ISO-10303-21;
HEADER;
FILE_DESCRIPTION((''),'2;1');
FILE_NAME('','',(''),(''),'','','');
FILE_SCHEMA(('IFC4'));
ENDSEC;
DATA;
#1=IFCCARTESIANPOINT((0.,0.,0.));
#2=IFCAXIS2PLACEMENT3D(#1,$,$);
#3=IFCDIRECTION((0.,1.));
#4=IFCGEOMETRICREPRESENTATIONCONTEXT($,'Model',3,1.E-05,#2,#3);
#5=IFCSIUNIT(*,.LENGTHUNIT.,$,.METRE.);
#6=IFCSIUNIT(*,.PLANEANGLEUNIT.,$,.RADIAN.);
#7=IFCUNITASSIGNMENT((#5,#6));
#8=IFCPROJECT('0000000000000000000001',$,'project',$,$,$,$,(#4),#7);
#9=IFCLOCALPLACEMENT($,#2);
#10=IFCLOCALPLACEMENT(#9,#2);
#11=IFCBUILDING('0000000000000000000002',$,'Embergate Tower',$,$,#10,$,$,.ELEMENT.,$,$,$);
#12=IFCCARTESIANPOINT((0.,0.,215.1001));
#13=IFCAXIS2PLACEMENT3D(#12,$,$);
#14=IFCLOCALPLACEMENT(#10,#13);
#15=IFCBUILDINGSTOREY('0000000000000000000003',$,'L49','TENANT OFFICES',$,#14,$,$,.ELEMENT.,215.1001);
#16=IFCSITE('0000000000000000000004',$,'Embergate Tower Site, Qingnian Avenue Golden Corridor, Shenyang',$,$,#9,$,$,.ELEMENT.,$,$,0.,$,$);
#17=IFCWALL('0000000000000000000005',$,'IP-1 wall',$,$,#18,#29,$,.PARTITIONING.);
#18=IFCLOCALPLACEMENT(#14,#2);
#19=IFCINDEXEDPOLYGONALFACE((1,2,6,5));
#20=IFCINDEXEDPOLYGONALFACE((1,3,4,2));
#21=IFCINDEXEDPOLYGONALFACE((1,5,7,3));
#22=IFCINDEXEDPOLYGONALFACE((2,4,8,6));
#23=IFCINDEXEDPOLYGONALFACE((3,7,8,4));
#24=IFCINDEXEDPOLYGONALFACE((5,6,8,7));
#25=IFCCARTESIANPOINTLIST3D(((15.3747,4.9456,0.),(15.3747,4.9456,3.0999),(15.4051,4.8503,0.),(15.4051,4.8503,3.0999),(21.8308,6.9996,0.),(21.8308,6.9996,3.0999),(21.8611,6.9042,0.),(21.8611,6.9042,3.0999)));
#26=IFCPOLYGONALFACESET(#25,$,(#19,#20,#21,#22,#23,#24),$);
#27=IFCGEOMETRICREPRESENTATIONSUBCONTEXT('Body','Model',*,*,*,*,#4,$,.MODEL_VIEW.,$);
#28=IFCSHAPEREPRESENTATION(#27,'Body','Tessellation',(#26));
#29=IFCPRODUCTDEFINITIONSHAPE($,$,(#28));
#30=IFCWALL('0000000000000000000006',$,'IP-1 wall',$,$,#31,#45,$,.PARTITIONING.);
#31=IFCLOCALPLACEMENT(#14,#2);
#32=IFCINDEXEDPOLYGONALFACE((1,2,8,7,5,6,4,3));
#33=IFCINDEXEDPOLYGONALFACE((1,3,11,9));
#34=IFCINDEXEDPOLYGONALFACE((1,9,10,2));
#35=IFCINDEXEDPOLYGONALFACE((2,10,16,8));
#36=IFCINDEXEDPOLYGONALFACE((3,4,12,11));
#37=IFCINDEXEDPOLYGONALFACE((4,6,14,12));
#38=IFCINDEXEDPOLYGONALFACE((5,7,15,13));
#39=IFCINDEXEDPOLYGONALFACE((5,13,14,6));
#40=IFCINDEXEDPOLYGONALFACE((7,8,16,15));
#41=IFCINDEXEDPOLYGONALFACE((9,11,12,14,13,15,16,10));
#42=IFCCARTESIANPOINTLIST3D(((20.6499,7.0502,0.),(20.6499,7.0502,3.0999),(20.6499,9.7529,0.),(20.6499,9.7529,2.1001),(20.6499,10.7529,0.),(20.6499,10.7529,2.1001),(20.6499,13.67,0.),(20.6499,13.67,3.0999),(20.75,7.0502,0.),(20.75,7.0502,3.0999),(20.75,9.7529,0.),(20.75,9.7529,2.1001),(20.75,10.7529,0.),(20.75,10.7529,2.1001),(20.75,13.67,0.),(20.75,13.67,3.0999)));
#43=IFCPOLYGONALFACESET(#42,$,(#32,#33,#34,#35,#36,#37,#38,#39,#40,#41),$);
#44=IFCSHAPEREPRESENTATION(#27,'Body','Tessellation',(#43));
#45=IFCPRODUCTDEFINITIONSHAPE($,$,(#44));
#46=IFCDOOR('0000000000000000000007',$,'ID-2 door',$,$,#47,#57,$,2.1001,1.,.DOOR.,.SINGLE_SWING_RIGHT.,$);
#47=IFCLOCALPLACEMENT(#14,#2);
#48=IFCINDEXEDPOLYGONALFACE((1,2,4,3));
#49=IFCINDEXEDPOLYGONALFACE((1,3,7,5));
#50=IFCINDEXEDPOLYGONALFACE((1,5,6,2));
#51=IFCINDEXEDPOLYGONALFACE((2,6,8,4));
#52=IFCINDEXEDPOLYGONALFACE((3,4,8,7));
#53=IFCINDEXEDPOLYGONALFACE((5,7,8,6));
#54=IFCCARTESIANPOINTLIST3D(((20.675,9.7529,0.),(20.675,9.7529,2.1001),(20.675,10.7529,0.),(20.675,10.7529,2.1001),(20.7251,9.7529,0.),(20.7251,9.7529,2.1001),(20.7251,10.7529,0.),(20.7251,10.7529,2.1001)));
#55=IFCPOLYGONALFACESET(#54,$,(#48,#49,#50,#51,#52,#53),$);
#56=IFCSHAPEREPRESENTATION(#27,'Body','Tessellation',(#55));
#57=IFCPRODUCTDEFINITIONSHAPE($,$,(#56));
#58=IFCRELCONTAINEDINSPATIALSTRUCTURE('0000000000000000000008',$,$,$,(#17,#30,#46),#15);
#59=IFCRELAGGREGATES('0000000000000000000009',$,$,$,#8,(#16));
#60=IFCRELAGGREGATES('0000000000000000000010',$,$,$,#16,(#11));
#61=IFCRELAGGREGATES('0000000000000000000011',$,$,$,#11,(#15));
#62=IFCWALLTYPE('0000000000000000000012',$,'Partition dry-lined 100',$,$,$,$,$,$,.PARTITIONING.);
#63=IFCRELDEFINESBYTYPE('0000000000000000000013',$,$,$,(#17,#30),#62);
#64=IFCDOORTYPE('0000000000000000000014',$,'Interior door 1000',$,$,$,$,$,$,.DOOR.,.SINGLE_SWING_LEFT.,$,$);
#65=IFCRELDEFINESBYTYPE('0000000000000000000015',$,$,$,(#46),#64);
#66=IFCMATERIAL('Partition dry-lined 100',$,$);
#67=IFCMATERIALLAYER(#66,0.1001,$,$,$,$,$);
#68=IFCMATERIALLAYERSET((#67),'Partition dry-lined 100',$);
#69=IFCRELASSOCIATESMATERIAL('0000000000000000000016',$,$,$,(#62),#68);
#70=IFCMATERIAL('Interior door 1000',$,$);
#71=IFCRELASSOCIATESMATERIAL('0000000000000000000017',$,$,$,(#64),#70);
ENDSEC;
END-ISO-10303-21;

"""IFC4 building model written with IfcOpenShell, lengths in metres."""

from ifc_helpers import new_model, si_unit, direction, frame, frame_2d, origin, place, context, subcontext, project, spatial, rectangle, extrude, source, transform, mapped, material, layer, layer_set, type_object, element, fill, save


model = new_model("IFC4")

# Units and contexts
model_context = context("Model", 3, precision=1e-05, world=origin(), true_north=direction((0.0, 1.0)))
body_context = subcontext(model_context, "Body", "Model", "MODEL_VIEW")
ifc_project = project(units=[si_unit("LENGTHUNIT", "METRE"), si_unit("PLANEANGLEUNIT", "RADIAN")], contexts=[model_context])

# Site, building, storey
site_placement = place(None, origin())
site = spatial("IfcSite", under=ifc_project, at=site_placement, Name="Embergate Tower Site, Qingnian Avenue Golden Corridor, Shenyang", CompositionType="ELEMENT", RefElevation=0.0)
building_placement = place(site_placement, origin())
building = spatial("IfcBuilding", under=site, at=building_placement, Name="Embergate Tower", CompositionType="ELEMENT")
storey_placement = place(building_placement, frame((0.0, 0.0, 215.1001)))
storey = spatial("IfcBuildingStorey", under=building, at=storey_placement, Name="L49", Description="TENANT OFFICES", CompositionType="ELEMENT", Elevation=215.1001)

# Shared definitions
ifc_material_1 = material(Name="Partition dry-lined 100")
ifc_layer_1 = layer(ifc_material_1, 0.1001)
ifc_layer_set_1 = layer_set([ifc_layer_1], Name="Partition dry-lined 100")
wall_type_1 = type_object("IfcWallType", Name="Partition dry-lined 100", PredefinedType="PARTITIONING", material=ifc_layer_set_1)

# Shared definitions
ifc_material_2 = material(Name="Interior door 1000")
door_type_1 = type_object("IfcDoorType", Name="Interior door 1000", OperationType="SINGLE_SWING_LEFT", PredefinedType="DOOR", material=ifc_material_2)
shared_shape_1 = source(origin(), body_context, "Body", "SweptSolid", [
    extrude(rectangle(XDim=1.0, YDim=2.1001, at=frame_2d((0.5, 1.05))), frame((0.0, 0.0249, 0.0), z_axis=(0.0, -1.0, 0.0), x_axis=(1.0, 0.0, 0.0)), (0.0, 0.0, 1.0), 0.05),
])

# Wall
shared_shape_2 = source(origin(), body_context, "Body", "SweptSolid", [
    extrude(rectangle(XDim=6.7749, YDim=0.1001, at=frame_2d((3.3875, 0.0))), origin(), (0.0, 0.0, 1.0), 3.0999),
])
wall_1_placement = place(storey_placement, frame((15.3899, 4.8979, 0.0), z_axis=(0.0, 0.0, 1.0), x_axis=(0.952936, 0.303171, 0.0)))
element("IfcWall", 1, at=wall_1_placement, inside=storey, type_object=wall_type_1, Name="IP-1 wall", PredefinedType="PARTITIONING", context=body_context, shape_type="MappedRepresentation", body=[
    mapped(shared_shape_2, transform((0.0, 0.0, 0.0))),
])

# Wall, opening, door
shared_shape_3 = source(origin(), body_context, "Body", "SweptSolid", [
    extrude(rectangle(XDim=6.6199, YDim=0.1001, at=frame_2d((3.3101, 0.0))), origin(), (0.0, 0.0, 1.0), 3.0999),
])
wall_2_placement = place(storey_placement, frame((20.7, 7.05, 0.0), z_axis=(0.0, 0.0, 1.0), x_axis=(0.0, 1.0, 0.0)))
wall_2 = element("IfcWall", 2, at=wall_2_placement, inside=storey, type_object=wall_type_1, Name="IP-1 wall", PredefinedType="PARTITIONING", context=body_context, shape_type="MappedRepresentation", body=[
    mapped(shared_shape_3, transform((0.0, 0.0, 0.0))),
])
shared_shape_4 = source(origin(), body_context, "Body", "SweptSolid", [
    extrude(rectangle(XDim=1.0, YDim=2.1001, at=frame_2d((0.5, 1.05))), frame((0.0, 0.0601, 0.0), z_axis=(0.0, -1.0, 0.0), x_axis=(1.0, 0.0, 0.0)), (0.0, 0.0, 1.0), 0.1201),
])
opening_1_placement = place(wall_2_placement, frame((2.7029, 0.0, 0.0)))
opening_1 = element("IfcOpeningElement", 3, at=opening_1_placement, cuts=wall_2, PredefinedType="OPENING", context=body_context, shape_type="MappedRepresentation", body=[
    mapped(shared_shape_4, transform((0.0, 0.0, 0.0))),
])
door_1_placement = place(opening_1_placement, origin())
door_1 = element("IfcDoor", 4, at=door_1_placement, inside=storey, type_object=door_type_1, Name="ID-2 door", OperationType="SINGLE_SWING_RIGHT", OverallHeight=2.1001, OverallWidth=1.0, PredefinedType="DOOR", context=body_context, shape_type="MappedRepresentation", body=[
    mapped(shared_shape_1, transform((0.0, 0.0, 0.0))),
])
fill(opening_1, door_1)

save(model, "model.ifc")
